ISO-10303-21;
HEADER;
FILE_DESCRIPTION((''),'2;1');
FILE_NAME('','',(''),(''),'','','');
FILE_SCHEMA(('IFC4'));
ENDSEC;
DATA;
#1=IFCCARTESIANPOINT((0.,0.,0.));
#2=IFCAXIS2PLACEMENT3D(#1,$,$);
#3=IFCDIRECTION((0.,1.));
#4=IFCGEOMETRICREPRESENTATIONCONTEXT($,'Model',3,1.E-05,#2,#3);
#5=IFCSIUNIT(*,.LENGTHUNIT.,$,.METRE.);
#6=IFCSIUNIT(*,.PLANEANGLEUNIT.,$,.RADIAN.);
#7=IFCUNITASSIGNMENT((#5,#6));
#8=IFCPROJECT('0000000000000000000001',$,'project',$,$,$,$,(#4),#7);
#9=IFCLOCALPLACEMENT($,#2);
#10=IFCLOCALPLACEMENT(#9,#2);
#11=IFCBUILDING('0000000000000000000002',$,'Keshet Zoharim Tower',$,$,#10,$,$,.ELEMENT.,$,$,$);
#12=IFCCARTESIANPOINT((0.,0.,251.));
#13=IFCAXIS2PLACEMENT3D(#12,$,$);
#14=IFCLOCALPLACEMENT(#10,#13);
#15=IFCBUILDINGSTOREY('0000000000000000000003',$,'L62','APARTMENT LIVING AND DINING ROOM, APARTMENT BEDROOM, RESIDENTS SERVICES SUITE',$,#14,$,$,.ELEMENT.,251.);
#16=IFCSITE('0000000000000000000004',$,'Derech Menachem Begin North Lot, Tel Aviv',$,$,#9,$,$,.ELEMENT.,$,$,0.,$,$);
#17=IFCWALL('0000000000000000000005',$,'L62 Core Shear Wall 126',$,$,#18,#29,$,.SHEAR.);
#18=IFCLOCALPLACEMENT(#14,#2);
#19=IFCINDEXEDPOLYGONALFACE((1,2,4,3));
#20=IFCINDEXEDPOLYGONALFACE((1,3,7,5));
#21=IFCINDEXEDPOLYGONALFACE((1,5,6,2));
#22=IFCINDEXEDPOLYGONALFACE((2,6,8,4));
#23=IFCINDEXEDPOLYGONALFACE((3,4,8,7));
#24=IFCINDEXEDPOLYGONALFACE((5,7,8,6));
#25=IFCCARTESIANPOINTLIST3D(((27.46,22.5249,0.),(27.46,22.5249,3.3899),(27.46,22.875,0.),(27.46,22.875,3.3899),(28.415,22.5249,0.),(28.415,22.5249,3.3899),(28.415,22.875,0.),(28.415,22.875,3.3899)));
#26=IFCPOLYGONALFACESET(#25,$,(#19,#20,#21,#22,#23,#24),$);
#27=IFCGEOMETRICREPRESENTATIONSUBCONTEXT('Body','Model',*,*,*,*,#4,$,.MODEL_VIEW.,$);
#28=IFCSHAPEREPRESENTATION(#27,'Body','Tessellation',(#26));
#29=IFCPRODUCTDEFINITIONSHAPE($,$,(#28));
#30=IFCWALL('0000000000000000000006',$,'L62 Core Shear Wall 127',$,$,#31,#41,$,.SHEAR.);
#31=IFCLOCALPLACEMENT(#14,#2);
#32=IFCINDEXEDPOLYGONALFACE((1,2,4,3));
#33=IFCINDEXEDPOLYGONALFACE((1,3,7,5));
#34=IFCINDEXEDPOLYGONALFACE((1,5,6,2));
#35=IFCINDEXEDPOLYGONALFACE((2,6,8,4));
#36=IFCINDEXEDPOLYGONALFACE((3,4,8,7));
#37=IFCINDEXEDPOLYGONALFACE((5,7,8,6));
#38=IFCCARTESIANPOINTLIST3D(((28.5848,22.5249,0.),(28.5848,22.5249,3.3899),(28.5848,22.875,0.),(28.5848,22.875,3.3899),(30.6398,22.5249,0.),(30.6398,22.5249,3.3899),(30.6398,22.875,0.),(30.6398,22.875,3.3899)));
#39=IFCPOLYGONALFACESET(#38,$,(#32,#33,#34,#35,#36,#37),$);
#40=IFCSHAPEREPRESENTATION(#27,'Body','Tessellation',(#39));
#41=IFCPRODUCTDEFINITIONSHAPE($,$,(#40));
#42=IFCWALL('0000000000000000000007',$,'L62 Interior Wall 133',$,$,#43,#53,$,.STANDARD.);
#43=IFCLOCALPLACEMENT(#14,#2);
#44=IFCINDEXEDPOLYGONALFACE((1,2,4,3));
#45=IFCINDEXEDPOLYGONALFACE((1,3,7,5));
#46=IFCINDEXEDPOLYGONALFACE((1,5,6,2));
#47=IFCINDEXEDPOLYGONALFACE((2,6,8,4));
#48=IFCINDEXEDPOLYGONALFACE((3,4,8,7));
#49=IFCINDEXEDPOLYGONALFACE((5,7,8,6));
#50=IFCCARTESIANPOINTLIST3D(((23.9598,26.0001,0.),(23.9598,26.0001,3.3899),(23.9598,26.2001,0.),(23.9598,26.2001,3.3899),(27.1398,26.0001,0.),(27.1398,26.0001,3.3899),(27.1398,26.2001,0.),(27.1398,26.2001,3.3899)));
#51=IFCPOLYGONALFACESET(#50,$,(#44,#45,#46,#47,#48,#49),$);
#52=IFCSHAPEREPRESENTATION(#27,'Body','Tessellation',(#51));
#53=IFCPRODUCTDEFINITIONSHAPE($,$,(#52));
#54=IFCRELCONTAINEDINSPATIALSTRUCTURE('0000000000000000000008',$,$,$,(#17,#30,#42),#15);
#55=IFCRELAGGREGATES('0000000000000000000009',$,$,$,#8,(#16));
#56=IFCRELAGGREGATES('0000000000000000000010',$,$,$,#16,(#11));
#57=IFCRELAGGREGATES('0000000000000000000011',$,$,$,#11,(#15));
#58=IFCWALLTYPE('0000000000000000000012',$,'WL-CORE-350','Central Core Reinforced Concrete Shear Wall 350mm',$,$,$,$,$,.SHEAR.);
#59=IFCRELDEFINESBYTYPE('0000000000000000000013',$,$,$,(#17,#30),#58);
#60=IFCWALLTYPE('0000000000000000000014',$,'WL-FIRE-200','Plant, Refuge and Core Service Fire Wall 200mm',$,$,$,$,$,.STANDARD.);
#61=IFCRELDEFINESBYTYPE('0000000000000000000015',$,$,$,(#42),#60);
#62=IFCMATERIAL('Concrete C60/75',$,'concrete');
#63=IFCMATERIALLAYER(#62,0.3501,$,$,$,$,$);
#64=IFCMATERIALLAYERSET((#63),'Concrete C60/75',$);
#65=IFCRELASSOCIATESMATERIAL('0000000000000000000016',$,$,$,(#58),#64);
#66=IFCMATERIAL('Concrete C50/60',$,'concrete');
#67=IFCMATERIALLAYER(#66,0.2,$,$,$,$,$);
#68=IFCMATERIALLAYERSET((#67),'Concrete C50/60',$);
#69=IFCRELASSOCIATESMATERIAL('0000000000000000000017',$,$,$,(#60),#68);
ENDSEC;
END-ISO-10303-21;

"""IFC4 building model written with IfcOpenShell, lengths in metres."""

from ifc_helpers import new_model, si_unit, direction, frame, frame_2d, origin, place, context, subcontext, project, spatial, rectangle, extrude, material, layer, layer_set, type_object, element, save


model = new_model("IFC4")

# Units and contexts
model_context = context("Model", 3, precision=1e-05, world=origin(), true_north=direction((0.0, 1.0)))
body_context = subcontext(model_context, "Body", "Model", "MODEL_VIEW")
ifc_project = project(units=[si_unit("LENGTHUNIT", "METRE"), si_unit("PLANEANGLEUNIT", "RADIAN")], contexts=[model_context])

# Site, building, storey
site_placement = place(None, origin())
site = spatial("IfcSite", under=ifc_project, at=site_placement, Name="Derech Menachem Begin North Lot, Tel Aviv", CompositionType="ELEMENT", RefElevation=0.0)
building_placement = place(site_placement, origin())
building = spatial("IfcBuilding", under=site, at=building_placement, Name="Keshet Zoharim Tower", CompositionType="ELEMENT")
storey_placement = place(building_placement, frame((0.0, 0.0, 251.0)))
storey = spatial("IfcBuildingStorey", under=building, at=storey_placement, Name="L62", Description="APARTMENT LIVING AND DINING ROOM, APARTMENT BEDROOM, RESIDENTS SERVICES SUITE", CompositionType="ELEMENT", Elevation=251.0)

# Shared definitions
ifc_material_1 = material(Name="Concrete C60/75", Category="concrete")
ifc_layer_1 = layer(ifc_material_1, 0.3501)
ifc_layer_set_1 = layer_set([ifc_layer_1], Name="Concrete C60/75")
wall_type_1 = type_object("IfcWallType", Name="WL-CORE-350", Description="Central Core Reinforced Concrete Shear Wall 350mm", PredefinedType="SHEAR", material=ifc_layer_set_1)

# Walls
wall_1_placement = place(storey_placement, frame((27.46, 22.7, 0.0), z_axis=(0.0, 0.0, 1.0), x_axis=(1.0, 0.0, 0.0)))
element("IfcWall", 1, at=wall_1_placement, inside=storey, type_object=wall_type_1, Name="L62 Core Shear Wall 126", PredefinedType="SHEAR", context=body_context, shape_type="SweptSolid", body=[
    extrude(rectangle(XDim=0.9551, YDim=0.3501, at=frame_2d((0.4775, 0.0))), origin(), (0.0, 0.0, 1.0), 3.3899),
])
wall_2_placement = place(storey_placement, frame((28.585, 22.7, 0.0), z_axis=(0.0, 0.0, 1.0), x_axis=(1.0, 0.0, 0.0)))
element("IfcWall", 2, at=wall_2_placement, inside=storey, type_object=wall_type_1, Name="L62 Core Shear Wall 127", PredefinedType="SHEAR", context=body_context, shape_type="SweptSolid", body=[
    extrude(rectangle(XDim=2.0549, YDim=0.3501, at=frame_2d((1.0273, 0.0))), origin(), (0.0, 0.0, 1.0), 3.3899),
])

# Wall
ifc_material_2 = material(Name="Concrete C50/60", Category="concrete")
ifc_layer_2 = layer(ifc_material_2, 0.2)
ifc_layer_set_2 = layer_set([ifc_layer_2], Name="Concrete C50/60")
wall_type_2 = type_object("IfcWallType", Name="WL-FIRE-200", Description="Plant, Refuge and Core Service Fire Wall 200mm", PredefinedType="STANDARD", material=ifc_layer_set_2)
wall_3_placement = place(storey_placement, frame((23.96, 26.1001, 0.0), z_axis=(0.0, 0.0, 1.0), x_axis=(1.0, 0.0, 0.0)))
element("IfcWall", 3, at=wall_3_placement, inside=storey, type_object=wall_type_2, Name="L62 Interior Wall 133", PredefinedType="STANDARD", context=body_context, shape_type="SweptSolid", body=[
    extrude(rectangle(XDim=3.1799, YDim=0.2, at=frame_2d((1.5898, 0.0))), origin(), (0.0, 0.0, 1.0), 3.3899),
])

save(model, "model.ifc")
